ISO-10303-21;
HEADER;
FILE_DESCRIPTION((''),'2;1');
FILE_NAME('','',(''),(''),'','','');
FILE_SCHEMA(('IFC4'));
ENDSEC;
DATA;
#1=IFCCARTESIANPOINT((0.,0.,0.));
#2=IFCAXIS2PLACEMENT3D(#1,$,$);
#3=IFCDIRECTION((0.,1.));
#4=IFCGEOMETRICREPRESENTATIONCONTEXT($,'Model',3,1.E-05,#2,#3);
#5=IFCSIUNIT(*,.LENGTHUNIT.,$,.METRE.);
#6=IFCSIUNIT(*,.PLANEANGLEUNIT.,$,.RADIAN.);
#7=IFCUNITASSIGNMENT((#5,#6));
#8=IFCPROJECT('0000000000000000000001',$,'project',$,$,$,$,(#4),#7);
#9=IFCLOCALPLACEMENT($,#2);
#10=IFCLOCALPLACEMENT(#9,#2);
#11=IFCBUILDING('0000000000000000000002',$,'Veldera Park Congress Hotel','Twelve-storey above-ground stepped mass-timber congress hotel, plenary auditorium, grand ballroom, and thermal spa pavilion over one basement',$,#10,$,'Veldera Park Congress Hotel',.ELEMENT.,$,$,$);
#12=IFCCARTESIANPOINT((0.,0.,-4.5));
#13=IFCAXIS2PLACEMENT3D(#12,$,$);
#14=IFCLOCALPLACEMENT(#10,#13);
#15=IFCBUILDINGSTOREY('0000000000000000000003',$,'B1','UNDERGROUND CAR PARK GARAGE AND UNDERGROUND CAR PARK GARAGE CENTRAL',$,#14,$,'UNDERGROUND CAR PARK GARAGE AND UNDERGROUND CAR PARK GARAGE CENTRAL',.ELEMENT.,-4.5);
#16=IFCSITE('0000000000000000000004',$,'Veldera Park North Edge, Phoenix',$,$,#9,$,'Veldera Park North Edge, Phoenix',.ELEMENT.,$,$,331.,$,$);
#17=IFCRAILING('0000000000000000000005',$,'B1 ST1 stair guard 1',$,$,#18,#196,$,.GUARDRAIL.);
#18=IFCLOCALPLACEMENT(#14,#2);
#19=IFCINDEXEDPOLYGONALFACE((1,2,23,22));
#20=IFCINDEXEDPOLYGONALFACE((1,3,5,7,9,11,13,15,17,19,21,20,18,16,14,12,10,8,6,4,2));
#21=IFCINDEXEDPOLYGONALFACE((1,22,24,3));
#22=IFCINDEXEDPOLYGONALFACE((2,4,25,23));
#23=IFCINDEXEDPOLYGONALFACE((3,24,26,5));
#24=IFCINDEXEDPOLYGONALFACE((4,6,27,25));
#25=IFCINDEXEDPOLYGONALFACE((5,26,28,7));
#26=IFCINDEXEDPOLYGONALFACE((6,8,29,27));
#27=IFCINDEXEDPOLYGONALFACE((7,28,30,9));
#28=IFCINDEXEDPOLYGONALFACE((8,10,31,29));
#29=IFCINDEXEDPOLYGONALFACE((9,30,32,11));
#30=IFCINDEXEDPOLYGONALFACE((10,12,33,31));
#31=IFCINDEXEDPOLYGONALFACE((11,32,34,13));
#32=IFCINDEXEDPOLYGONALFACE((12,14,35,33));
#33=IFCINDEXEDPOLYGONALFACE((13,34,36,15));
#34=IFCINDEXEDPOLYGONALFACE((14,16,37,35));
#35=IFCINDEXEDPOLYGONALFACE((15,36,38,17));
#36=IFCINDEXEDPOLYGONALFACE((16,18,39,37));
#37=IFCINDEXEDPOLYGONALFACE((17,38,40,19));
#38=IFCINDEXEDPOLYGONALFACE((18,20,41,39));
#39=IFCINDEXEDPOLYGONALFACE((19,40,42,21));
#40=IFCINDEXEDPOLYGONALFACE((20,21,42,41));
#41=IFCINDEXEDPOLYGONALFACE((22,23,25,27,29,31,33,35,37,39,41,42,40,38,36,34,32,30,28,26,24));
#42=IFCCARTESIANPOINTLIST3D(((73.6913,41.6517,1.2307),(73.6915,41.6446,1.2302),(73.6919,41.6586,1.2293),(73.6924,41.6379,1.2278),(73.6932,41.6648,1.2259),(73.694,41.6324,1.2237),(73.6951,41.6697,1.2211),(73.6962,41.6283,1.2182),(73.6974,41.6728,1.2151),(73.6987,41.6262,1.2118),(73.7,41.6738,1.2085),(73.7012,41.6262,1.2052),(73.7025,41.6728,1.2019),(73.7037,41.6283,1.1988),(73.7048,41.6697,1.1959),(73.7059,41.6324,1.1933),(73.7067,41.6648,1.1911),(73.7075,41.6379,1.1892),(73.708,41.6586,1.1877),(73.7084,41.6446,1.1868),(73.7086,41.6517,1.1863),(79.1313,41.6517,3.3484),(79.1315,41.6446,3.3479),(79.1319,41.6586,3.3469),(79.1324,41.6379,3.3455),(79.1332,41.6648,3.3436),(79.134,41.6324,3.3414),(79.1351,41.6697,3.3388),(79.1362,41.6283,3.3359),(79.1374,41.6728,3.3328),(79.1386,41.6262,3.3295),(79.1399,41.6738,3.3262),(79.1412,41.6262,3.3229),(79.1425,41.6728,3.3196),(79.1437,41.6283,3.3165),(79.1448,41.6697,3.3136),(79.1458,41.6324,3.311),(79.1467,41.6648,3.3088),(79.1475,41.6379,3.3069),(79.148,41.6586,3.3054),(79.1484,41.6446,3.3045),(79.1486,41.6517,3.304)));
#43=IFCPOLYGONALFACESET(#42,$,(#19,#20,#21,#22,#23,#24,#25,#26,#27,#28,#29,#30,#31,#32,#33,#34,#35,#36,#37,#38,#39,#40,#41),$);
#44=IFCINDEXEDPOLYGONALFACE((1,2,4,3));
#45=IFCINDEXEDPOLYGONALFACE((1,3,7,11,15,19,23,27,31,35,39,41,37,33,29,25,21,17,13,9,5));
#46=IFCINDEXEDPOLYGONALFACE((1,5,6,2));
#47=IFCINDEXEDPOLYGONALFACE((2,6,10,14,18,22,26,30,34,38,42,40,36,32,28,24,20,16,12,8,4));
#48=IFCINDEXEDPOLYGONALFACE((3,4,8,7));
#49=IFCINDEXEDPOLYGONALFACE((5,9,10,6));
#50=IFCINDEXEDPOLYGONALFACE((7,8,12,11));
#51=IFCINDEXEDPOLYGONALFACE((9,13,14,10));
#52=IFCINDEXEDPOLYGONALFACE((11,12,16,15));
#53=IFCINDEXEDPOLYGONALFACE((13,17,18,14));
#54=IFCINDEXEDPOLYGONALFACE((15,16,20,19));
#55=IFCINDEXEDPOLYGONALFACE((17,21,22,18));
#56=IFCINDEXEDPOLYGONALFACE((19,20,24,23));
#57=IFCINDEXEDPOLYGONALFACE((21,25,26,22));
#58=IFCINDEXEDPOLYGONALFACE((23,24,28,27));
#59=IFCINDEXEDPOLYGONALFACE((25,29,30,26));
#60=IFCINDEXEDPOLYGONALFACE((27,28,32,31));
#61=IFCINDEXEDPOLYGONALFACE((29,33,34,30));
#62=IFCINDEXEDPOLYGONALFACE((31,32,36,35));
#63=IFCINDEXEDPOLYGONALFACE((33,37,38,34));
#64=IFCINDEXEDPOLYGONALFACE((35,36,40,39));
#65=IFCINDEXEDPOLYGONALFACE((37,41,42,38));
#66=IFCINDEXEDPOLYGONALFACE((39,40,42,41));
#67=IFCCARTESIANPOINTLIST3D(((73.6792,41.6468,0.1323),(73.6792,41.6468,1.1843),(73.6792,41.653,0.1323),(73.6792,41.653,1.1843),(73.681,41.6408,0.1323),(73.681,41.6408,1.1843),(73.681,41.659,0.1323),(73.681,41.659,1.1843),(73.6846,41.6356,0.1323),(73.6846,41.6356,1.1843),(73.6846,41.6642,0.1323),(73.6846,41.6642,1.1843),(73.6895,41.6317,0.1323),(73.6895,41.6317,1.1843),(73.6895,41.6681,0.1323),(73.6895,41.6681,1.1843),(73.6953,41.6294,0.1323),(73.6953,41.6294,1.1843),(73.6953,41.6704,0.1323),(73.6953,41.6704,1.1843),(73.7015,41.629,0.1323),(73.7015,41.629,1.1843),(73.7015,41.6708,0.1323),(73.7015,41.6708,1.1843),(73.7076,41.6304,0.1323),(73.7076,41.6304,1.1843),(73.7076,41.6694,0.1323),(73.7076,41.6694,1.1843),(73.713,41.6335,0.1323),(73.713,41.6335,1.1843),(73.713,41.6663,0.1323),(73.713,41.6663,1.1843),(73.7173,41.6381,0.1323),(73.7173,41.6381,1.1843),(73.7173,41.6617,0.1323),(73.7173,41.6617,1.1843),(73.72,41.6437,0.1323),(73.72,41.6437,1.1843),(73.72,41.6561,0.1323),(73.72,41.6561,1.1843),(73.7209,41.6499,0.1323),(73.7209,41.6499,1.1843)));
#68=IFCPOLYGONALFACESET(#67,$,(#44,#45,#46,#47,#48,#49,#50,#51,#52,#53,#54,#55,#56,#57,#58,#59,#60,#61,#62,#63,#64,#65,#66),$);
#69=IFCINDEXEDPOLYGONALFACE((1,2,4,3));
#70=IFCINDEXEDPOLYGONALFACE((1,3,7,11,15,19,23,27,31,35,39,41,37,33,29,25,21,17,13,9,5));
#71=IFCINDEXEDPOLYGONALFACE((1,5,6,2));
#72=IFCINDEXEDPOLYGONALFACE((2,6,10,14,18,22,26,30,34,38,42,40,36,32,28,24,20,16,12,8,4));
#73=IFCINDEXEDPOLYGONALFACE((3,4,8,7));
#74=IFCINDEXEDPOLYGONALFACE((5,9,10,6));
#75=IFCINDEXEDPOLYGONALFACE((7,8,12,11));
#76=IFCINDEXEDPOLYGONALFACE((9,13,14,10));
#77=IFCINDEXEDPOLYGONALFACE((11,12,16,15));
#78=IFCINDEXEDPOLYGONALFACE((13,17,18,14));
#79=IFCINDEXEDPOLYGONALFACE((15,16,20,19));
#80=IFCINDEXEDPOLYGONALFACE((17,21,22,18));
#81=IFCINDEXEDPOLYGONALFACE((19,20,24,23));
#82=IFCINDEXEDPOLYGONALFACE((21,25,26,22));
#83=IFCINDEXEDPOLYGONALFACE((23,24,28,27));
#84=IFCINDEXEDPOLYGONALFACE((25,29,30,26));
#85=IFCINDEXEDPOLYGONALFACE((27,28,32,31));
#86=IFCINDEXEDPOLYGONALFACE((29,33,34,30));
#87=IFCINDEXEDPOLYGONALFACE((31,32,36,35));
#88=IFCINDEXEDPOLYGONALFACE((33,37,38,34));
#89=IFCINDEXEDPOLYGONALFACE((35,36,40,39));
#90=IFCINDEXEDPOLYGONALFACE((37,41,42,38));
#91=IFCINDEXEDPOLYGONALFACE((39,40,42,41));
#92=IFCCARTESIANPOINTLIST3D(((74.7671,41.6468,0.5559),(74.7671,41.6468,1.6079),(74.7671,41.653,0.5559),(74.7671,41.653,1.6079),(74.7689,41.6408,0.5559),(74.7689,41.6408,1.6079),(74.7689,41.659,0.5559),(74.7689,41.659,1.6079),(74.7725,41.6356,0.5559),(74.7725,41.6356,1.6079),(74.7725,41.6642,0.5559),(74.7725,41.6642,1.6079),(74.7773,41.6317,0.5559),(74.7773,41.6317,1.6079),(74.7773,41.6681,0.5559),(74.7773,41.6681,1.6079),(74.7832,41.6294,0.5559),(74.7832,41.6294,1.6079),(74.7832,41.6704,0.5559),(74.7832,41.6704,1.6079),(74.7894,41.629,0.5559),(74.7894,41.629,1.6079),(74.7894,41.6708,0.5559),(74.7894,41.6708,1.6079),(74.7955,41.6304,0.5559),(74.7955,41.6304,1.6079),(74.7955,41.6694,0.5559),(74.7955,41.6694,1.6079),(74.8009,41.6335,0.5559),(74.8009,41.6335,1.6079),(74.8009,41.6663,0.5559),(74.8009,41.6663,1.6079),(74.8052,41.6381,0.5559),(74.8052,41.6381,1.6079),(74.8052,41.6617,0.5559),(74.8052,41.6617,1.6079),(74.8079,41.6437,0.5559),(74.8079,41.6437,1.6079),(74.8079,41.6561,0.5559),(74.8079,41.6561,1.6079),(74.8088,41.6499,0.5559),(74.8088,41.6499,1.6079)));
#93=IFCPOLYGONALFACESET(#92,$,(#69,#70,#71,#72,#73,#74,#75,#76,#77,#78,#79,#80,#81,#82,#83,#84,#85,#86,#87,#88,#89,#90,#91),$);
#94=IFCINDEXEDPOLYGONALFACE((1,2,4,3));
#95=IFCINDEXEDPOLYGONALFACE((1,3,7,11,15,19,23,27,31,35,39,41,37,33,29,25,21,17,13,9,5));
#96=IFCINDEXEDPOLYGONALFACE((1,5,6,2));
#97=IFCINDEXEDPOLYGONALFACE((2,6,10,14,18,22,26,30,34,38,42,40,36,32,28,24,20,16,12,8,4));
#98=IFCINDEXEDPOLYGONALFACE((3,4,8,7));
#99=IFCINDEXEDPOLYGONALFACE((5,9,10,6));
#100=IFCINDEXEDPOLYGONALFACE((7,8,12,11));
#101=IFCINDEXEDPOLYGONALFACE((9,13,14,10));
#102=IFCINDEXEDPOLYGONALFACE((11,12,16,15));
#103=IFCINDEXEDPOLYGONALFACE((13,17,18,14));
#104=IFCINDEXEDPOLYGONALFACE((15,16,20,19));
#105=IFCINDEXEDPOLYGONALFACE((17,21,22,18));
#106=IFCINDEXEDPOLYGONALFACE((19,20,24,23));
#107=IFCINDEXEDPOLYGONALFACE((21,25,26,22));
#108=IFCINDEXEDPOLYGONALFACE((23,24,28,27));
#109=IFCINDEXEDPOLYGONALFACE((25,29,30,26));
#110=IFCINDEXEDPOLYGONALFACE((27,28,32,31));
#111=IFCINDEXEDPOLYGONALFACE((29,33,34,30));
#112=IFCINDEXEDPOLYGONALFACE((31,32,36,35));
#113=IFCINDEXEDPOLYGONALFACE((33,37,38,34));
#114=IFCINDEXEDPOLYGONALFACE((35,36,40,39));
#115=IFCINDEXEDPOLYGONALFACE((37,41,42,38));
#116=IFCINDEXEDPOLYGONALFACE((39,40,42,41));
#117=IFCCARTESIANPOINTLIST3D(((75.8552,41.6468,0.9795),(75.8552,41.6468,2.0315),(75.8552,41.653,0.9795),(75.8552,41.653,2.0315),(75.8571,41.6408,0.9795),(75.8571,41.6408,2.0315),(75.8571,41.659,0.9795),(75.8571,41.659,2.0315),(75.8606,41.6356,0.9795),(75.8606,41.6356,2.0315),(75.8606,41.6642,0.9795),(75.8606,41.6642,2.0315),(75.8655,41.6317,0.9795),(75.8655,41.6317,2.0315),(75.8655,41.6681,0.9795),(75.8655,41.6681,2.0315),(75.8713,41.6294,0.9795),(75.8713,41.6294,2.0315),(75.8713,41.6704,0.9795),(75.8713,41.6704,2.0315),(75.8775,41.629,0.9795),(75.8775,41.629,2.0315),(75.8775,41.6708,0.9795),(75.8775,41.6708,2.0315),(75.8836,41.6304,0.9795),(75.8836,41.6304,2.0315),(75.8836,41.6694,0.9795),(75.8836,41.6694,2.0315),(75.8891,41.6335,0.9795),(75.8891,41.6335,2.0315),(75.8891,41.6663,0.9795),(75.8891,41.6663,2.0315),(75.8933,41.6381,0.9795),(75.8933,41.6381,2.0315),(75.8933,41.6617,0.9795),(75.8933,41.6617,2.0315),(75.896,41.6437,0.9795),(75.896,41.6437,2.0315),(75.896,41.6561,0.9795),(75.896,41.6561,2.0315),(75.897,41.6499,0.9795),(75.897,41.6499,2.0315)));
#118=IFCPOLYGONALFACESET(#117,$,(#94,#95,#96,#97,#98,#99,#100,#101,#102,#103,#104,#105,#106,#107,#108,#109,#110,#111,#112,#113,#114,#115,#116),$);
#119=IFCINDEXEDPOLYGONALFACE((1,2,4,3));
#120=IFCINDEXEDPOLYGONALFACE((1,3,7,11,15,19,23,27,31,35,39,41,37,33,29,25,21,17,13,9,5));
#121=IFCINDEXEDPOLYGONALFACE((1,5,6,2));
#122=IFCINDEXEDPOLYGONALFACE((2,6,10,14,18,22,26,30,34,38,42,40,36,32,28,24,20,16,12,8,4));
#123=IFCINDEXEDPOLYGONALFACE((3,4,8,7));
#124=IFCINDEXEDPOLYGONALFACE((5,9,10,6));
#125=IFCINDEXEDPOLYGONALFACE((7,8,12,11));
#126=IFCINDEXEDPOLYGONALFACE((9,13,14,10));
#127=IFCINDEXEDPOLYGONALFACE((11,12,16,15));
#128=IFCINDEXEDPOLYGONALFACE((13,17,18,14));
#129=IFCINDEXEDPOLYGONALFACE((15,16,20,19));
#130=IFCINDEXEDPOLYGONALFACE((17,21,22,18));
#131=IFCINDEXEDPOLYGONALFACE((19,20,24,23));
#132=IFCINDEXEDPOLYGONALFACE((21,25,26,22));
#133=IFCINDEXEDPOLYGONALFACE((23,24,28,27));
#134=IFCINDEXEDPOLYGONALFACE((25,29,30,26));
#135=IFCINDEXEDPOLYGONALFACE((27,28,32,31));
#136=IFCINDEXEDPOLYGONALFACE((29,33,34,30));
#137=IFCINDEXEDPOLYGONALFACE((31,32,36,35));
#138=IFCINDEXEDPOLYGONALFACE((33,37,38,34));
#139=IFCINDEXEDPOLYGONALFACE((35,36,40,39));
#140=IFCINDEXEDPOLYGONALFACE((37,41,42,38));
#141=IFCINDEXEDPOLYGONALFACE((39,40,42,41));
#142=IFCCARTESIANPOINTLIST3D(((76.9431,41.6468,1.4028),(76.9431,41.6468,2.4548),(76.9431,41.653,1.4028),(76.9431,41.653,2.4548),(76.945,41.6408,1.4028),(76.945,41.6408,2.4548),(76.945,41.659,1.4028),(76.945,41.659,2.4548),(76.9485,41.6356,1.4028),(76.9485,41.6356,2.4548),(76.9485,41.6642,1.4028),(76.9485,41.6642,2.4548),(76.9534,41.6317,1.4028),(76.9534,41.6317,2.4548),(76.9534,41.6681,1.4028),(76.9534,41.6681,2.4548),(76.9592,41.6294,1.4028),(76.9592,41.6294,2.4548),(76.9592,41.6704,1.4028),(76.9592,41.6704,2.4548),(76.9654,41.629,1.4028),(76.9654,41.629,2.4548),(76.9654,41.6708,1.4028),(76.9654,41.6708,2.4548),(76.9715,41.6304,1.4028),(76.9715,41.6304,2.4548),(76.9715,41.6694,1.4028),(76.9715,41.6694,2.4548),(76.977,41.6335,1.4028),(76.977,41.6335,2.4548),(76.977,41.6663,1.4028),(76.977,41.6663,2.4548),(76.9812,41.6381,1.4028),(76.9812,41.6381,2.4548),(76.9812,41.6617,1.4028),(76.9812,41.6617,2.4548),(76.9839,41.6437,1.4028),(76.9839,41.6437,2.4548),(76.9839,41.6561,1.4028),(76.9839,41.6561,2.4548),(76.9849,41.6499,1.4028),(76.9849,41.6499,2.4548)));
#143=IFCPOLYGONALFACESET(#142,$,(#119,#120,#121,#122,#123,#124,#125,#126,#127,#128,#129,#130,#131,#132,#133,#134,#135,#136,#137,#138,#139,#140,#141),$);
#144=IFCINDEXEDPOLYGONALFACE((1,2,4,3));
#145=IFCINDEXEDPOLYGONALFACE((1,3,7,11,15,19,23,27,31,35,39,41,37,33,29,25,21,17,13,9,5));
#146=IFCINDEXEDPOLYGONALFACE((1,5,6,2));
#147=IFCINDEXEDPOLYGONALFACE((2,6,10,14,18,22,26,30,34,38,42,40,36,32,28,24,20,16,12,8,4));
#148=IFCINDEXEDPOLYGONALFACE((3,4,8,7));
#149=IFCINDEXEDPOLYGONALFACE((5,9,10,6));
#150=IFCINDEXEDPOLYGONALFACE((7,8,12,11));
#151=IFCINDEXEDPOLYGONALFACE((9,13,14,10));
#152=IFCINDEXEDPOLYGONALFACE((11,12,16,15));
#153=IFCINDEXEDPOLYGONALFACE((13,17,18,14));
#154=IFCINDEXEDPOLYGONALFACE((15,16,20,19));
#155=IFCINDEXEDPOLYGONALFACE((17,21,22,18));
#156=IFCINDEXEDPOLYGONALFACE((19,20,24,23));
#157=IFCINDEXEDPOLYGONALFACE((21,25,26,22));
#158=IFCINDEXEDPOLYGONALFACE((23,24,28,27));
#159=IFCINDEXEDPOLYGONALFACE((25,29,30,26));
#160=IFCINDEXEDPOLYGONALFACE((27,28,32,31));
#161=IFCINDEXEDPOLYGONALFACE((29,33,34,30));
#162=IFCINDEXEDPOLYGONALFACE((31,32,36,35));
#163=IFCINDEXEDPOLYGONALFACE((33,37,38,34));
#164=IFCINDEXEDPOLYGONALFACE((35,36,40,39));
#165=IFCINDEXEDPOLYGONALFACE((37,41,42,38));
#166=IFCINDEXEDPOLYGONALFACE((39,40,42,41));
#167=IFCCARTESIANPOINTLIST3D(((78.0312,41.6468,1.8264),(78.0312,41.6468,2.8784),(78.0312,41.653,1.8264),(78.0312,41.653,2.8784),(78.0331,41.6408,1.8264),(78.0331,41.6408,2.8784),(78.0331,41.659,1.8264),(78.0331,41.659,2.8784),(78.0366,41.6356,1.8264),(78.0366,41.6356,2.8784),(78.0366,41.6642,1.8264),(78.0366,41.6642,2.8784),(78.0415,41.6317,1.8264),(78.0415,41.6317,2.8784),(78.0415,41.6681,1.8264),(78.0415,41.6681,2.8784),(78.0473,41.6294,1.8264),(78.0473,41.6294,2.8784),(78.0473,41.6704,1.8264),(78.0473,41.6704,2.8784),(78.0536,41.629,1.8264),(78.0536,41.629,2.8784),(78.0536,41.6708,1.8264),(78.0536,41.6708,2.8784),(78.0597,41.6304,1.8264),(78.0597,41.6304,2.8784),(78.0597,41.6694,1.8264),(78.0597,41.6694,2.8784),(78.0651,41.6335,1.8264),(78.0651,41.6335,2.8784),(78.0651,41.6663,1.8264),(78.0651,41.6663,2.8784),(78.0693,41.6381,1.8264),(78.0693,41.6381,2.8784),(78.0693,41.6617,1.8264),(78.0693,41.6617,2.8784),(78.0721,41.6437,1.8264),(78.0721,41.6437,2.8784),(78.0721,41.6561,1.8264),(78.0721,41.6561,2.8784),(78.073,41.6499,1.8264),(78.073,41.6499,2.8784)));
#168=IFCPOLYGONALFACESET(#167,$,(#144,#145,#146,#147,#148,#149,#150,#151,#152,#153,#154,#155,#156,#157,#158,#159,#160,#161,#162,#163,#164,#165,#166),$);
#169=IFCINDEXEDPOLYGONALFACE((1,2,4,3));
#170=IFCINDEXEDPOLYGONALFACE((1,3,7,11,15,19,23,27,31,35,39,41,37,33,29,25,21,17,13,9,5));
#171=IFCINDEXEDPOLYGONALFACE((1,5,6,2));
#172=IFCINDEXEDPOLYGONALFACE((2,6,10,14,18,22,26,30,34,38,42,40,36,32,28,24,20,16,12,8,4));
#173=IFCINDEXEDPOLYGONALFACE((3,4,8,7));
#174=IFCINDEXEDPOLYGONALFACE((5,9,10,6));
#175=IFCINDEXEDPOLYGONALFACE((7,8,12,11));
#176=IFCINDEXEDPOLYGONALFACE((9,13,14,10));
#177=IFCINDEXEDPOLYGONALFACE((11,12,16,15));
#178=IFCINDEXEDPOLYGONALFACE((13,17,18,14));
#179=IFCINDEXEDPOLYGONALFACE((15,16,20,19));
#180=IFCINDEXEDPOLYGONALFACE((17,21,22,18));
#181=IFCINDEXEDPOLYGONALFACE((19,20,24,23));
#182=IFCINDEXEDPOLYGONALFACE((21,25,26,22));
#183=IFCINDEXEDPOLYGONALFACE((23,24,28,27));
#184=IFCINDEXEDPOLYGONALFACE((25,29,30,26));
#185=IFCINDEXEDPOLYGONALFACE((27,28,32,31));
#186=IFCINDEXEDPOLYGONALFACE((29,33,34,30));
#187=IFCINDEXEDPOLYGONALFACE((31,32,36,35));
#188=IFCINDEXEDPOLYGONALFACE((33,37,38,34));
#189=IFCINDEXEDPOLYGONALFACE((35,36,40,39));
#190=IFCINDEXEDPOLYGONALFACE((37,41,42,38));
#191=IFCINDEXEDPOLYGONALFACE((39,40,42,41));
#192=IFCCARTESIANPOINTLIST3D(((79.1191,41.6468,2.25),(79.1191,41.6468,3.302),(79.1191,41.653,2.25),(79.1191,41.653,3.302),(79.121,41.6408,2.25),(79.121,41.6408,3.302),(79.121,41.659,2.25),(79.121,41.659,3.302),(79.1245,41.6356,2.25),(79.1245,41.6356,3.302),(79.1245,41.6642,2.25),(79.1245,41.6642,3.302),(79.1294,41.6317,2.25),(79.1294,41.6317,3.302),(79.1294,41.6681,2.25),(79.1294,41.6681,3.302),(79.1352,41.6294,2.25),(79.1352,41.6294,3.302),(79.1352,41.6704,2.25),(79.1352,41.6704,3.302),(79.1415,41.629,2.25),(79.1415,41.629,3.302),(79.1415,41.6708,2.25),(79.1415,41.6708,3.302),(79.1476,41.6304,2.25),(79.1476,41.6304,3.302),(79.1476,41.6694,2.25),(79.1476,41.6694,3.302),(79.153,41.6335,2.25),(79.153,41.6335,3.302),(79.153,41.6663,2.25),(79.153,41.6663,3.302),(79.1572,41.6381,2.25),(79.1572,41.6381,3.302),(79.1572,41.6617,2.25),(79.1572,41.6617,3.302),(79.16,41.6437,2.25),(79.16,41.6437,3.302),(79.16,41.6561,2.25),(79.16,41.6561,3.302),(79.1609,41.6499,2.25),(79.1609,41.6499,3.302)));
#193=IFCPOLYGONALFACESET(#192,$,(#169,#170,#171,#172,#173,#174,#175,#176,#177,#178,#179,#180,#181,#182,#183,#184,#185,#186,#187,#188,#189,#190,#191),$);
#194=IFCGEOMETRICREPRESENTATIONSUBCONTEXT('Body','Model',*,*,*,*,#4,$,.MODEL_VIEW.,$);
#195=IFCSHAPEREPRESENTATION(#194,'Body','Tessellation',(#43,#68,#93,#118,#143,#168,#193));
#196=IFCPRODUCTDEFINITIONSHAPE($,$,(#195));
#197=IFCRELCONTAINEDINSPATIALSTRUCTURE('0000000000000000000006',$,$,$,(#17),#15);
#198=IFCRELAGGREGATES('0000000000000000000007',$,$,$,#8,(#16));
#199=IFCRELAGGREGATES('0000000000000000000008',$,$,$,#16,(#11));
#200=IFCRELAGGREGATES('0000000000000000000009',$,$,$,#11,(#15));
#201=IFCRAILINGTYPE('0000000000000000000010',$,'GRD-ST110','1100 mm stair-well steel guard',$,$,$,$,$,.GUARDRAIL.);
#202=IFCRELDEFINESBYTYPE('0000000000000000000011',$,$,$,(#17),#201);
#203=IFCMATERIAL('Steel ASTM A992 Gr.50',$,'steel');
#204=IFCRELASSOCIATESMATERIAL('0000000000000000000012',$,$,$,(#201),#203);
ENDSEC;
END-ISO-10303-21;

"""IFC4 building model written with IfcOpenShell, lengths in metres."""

from ifc_helpers import new_model, si_unit, direction, frame, origin, origin_2d, place, context, subcontext, project, spatial, circle, extrude, material, type_object, element, save


model = new_model("IFC4")

# Units and contexts
model_context = context("Model", 3, precision=1e-05, world=origin(), true_north=direction((0.0, 1.0)))
body_context = subcontext(model_context, "Body", "Model", "MODEL_VIEW")
ifc_project = project(units=[si_unit("LENGTHUNIT", "METRE"), si_unit("PLANEANGLEUNIT", "RADIAN")], contexts=[model_context])

# Site, building, storey
site_placement = place(None, origin())
site = spatial("IfcSite", under=ifc_project, at=site_placement, Name="Veldera Park North Edge, Phoenix", LongName="Veldera Park North Edge, Phoenix", CompositionType="ELEMENT", RefElevation=331.0)
building_placement = place(site_placement, origin())
building = spatial("IfcBuilding", under=site, at=building_placement, Name="Veldera Park Congress Hotel", Description="Twelve-storey above-ground stepped mass-timber congress hotel, plenary auditorium, grand ballroom, and thermal spa pavilion over one basement", LongName="Veldera Park Congress Hotel", CompositionType="ELEMENT")
storey_placement = place(building_placement, frame((0.0, 0.0, -4.5)))
storey = spatial("IfcBuildingStorey", under=building, at=storey_placement, Name="B1", Description="UNDERGROUND CAR PARK GARAGE AND UNDERGROUND CAR PARK GARAGE CENTRAL", LongName="UNDERGROUND CAR PARK GARAGE AND UNDERGROUND CAR PARK GARAGE CENTRAL", CompositionType="ELEMENT", Elevation=-4.5)

# Railing
ifc_material_1 = material(Name="Steel ASTM A992 Gr.50", Category="steel")
railing_type_1 = type_object("IfcRailingType", Name="GRD-ST110", Description="1100 mm stair-well steel guard", PredefinedType="GUARDRAIL", material=ifc_material_1)
railing_1_placement = place(storey_placement, frame((73.7, 41.6499, 0.1323)))
element("IfcRailing", 1, at=railing_1_placement, inside=storey, type_object=railing_type_1, Name="B1 ST1 stair guard 1", PredefinedType="GUARDRAIL", context=body_context, shape_type="SweptSolid", body=[
    extrude(circle(Radius=0.0239, at=origin_2d()), frame((0.0, 0.0, 1.0762), z_axis=(0.931881, 0.0, 0.362765), x_axis=(0.0, 1.0, 0.0)), (0.0, 0.0, 1.0), 5.8376),
    extrude(circle(Radius=0.021, at=origin_2d()), origin(), (0.0, 0.0, 1.0), 1.052),
    extrude(circle(Radius=0.021, at=origin_2d()), frame((1.0879, 0.0, 0.4236)), (0.0, 0.0, 1.0), 1.052),
    extrude(circle(Radius=0.021, at=origin_2d()), frame((2.176, 0.0, 0.8472)), (0.0, 0.0, 1.0), 1.052),
    extrude(circle(Radius=0.021, at=origin_2d()), frame((3.2639, 0.0, 1.2705)), (0.0, 0.0, 1.0), 1.052),
    extrude(circle(Radius=0.021, at=origin_2d()), frame((4.3521, 0.0, 1.6941)), (0.0, 0.0, 1.0), 1.052),
    extrude(circle(Radius=0.021, at=origin_2d()), frame((5.4399, 0.0, 2.1177)), (0.0, 0.0, 1.0), 1.052),
])

save(model, "model.ifc")
